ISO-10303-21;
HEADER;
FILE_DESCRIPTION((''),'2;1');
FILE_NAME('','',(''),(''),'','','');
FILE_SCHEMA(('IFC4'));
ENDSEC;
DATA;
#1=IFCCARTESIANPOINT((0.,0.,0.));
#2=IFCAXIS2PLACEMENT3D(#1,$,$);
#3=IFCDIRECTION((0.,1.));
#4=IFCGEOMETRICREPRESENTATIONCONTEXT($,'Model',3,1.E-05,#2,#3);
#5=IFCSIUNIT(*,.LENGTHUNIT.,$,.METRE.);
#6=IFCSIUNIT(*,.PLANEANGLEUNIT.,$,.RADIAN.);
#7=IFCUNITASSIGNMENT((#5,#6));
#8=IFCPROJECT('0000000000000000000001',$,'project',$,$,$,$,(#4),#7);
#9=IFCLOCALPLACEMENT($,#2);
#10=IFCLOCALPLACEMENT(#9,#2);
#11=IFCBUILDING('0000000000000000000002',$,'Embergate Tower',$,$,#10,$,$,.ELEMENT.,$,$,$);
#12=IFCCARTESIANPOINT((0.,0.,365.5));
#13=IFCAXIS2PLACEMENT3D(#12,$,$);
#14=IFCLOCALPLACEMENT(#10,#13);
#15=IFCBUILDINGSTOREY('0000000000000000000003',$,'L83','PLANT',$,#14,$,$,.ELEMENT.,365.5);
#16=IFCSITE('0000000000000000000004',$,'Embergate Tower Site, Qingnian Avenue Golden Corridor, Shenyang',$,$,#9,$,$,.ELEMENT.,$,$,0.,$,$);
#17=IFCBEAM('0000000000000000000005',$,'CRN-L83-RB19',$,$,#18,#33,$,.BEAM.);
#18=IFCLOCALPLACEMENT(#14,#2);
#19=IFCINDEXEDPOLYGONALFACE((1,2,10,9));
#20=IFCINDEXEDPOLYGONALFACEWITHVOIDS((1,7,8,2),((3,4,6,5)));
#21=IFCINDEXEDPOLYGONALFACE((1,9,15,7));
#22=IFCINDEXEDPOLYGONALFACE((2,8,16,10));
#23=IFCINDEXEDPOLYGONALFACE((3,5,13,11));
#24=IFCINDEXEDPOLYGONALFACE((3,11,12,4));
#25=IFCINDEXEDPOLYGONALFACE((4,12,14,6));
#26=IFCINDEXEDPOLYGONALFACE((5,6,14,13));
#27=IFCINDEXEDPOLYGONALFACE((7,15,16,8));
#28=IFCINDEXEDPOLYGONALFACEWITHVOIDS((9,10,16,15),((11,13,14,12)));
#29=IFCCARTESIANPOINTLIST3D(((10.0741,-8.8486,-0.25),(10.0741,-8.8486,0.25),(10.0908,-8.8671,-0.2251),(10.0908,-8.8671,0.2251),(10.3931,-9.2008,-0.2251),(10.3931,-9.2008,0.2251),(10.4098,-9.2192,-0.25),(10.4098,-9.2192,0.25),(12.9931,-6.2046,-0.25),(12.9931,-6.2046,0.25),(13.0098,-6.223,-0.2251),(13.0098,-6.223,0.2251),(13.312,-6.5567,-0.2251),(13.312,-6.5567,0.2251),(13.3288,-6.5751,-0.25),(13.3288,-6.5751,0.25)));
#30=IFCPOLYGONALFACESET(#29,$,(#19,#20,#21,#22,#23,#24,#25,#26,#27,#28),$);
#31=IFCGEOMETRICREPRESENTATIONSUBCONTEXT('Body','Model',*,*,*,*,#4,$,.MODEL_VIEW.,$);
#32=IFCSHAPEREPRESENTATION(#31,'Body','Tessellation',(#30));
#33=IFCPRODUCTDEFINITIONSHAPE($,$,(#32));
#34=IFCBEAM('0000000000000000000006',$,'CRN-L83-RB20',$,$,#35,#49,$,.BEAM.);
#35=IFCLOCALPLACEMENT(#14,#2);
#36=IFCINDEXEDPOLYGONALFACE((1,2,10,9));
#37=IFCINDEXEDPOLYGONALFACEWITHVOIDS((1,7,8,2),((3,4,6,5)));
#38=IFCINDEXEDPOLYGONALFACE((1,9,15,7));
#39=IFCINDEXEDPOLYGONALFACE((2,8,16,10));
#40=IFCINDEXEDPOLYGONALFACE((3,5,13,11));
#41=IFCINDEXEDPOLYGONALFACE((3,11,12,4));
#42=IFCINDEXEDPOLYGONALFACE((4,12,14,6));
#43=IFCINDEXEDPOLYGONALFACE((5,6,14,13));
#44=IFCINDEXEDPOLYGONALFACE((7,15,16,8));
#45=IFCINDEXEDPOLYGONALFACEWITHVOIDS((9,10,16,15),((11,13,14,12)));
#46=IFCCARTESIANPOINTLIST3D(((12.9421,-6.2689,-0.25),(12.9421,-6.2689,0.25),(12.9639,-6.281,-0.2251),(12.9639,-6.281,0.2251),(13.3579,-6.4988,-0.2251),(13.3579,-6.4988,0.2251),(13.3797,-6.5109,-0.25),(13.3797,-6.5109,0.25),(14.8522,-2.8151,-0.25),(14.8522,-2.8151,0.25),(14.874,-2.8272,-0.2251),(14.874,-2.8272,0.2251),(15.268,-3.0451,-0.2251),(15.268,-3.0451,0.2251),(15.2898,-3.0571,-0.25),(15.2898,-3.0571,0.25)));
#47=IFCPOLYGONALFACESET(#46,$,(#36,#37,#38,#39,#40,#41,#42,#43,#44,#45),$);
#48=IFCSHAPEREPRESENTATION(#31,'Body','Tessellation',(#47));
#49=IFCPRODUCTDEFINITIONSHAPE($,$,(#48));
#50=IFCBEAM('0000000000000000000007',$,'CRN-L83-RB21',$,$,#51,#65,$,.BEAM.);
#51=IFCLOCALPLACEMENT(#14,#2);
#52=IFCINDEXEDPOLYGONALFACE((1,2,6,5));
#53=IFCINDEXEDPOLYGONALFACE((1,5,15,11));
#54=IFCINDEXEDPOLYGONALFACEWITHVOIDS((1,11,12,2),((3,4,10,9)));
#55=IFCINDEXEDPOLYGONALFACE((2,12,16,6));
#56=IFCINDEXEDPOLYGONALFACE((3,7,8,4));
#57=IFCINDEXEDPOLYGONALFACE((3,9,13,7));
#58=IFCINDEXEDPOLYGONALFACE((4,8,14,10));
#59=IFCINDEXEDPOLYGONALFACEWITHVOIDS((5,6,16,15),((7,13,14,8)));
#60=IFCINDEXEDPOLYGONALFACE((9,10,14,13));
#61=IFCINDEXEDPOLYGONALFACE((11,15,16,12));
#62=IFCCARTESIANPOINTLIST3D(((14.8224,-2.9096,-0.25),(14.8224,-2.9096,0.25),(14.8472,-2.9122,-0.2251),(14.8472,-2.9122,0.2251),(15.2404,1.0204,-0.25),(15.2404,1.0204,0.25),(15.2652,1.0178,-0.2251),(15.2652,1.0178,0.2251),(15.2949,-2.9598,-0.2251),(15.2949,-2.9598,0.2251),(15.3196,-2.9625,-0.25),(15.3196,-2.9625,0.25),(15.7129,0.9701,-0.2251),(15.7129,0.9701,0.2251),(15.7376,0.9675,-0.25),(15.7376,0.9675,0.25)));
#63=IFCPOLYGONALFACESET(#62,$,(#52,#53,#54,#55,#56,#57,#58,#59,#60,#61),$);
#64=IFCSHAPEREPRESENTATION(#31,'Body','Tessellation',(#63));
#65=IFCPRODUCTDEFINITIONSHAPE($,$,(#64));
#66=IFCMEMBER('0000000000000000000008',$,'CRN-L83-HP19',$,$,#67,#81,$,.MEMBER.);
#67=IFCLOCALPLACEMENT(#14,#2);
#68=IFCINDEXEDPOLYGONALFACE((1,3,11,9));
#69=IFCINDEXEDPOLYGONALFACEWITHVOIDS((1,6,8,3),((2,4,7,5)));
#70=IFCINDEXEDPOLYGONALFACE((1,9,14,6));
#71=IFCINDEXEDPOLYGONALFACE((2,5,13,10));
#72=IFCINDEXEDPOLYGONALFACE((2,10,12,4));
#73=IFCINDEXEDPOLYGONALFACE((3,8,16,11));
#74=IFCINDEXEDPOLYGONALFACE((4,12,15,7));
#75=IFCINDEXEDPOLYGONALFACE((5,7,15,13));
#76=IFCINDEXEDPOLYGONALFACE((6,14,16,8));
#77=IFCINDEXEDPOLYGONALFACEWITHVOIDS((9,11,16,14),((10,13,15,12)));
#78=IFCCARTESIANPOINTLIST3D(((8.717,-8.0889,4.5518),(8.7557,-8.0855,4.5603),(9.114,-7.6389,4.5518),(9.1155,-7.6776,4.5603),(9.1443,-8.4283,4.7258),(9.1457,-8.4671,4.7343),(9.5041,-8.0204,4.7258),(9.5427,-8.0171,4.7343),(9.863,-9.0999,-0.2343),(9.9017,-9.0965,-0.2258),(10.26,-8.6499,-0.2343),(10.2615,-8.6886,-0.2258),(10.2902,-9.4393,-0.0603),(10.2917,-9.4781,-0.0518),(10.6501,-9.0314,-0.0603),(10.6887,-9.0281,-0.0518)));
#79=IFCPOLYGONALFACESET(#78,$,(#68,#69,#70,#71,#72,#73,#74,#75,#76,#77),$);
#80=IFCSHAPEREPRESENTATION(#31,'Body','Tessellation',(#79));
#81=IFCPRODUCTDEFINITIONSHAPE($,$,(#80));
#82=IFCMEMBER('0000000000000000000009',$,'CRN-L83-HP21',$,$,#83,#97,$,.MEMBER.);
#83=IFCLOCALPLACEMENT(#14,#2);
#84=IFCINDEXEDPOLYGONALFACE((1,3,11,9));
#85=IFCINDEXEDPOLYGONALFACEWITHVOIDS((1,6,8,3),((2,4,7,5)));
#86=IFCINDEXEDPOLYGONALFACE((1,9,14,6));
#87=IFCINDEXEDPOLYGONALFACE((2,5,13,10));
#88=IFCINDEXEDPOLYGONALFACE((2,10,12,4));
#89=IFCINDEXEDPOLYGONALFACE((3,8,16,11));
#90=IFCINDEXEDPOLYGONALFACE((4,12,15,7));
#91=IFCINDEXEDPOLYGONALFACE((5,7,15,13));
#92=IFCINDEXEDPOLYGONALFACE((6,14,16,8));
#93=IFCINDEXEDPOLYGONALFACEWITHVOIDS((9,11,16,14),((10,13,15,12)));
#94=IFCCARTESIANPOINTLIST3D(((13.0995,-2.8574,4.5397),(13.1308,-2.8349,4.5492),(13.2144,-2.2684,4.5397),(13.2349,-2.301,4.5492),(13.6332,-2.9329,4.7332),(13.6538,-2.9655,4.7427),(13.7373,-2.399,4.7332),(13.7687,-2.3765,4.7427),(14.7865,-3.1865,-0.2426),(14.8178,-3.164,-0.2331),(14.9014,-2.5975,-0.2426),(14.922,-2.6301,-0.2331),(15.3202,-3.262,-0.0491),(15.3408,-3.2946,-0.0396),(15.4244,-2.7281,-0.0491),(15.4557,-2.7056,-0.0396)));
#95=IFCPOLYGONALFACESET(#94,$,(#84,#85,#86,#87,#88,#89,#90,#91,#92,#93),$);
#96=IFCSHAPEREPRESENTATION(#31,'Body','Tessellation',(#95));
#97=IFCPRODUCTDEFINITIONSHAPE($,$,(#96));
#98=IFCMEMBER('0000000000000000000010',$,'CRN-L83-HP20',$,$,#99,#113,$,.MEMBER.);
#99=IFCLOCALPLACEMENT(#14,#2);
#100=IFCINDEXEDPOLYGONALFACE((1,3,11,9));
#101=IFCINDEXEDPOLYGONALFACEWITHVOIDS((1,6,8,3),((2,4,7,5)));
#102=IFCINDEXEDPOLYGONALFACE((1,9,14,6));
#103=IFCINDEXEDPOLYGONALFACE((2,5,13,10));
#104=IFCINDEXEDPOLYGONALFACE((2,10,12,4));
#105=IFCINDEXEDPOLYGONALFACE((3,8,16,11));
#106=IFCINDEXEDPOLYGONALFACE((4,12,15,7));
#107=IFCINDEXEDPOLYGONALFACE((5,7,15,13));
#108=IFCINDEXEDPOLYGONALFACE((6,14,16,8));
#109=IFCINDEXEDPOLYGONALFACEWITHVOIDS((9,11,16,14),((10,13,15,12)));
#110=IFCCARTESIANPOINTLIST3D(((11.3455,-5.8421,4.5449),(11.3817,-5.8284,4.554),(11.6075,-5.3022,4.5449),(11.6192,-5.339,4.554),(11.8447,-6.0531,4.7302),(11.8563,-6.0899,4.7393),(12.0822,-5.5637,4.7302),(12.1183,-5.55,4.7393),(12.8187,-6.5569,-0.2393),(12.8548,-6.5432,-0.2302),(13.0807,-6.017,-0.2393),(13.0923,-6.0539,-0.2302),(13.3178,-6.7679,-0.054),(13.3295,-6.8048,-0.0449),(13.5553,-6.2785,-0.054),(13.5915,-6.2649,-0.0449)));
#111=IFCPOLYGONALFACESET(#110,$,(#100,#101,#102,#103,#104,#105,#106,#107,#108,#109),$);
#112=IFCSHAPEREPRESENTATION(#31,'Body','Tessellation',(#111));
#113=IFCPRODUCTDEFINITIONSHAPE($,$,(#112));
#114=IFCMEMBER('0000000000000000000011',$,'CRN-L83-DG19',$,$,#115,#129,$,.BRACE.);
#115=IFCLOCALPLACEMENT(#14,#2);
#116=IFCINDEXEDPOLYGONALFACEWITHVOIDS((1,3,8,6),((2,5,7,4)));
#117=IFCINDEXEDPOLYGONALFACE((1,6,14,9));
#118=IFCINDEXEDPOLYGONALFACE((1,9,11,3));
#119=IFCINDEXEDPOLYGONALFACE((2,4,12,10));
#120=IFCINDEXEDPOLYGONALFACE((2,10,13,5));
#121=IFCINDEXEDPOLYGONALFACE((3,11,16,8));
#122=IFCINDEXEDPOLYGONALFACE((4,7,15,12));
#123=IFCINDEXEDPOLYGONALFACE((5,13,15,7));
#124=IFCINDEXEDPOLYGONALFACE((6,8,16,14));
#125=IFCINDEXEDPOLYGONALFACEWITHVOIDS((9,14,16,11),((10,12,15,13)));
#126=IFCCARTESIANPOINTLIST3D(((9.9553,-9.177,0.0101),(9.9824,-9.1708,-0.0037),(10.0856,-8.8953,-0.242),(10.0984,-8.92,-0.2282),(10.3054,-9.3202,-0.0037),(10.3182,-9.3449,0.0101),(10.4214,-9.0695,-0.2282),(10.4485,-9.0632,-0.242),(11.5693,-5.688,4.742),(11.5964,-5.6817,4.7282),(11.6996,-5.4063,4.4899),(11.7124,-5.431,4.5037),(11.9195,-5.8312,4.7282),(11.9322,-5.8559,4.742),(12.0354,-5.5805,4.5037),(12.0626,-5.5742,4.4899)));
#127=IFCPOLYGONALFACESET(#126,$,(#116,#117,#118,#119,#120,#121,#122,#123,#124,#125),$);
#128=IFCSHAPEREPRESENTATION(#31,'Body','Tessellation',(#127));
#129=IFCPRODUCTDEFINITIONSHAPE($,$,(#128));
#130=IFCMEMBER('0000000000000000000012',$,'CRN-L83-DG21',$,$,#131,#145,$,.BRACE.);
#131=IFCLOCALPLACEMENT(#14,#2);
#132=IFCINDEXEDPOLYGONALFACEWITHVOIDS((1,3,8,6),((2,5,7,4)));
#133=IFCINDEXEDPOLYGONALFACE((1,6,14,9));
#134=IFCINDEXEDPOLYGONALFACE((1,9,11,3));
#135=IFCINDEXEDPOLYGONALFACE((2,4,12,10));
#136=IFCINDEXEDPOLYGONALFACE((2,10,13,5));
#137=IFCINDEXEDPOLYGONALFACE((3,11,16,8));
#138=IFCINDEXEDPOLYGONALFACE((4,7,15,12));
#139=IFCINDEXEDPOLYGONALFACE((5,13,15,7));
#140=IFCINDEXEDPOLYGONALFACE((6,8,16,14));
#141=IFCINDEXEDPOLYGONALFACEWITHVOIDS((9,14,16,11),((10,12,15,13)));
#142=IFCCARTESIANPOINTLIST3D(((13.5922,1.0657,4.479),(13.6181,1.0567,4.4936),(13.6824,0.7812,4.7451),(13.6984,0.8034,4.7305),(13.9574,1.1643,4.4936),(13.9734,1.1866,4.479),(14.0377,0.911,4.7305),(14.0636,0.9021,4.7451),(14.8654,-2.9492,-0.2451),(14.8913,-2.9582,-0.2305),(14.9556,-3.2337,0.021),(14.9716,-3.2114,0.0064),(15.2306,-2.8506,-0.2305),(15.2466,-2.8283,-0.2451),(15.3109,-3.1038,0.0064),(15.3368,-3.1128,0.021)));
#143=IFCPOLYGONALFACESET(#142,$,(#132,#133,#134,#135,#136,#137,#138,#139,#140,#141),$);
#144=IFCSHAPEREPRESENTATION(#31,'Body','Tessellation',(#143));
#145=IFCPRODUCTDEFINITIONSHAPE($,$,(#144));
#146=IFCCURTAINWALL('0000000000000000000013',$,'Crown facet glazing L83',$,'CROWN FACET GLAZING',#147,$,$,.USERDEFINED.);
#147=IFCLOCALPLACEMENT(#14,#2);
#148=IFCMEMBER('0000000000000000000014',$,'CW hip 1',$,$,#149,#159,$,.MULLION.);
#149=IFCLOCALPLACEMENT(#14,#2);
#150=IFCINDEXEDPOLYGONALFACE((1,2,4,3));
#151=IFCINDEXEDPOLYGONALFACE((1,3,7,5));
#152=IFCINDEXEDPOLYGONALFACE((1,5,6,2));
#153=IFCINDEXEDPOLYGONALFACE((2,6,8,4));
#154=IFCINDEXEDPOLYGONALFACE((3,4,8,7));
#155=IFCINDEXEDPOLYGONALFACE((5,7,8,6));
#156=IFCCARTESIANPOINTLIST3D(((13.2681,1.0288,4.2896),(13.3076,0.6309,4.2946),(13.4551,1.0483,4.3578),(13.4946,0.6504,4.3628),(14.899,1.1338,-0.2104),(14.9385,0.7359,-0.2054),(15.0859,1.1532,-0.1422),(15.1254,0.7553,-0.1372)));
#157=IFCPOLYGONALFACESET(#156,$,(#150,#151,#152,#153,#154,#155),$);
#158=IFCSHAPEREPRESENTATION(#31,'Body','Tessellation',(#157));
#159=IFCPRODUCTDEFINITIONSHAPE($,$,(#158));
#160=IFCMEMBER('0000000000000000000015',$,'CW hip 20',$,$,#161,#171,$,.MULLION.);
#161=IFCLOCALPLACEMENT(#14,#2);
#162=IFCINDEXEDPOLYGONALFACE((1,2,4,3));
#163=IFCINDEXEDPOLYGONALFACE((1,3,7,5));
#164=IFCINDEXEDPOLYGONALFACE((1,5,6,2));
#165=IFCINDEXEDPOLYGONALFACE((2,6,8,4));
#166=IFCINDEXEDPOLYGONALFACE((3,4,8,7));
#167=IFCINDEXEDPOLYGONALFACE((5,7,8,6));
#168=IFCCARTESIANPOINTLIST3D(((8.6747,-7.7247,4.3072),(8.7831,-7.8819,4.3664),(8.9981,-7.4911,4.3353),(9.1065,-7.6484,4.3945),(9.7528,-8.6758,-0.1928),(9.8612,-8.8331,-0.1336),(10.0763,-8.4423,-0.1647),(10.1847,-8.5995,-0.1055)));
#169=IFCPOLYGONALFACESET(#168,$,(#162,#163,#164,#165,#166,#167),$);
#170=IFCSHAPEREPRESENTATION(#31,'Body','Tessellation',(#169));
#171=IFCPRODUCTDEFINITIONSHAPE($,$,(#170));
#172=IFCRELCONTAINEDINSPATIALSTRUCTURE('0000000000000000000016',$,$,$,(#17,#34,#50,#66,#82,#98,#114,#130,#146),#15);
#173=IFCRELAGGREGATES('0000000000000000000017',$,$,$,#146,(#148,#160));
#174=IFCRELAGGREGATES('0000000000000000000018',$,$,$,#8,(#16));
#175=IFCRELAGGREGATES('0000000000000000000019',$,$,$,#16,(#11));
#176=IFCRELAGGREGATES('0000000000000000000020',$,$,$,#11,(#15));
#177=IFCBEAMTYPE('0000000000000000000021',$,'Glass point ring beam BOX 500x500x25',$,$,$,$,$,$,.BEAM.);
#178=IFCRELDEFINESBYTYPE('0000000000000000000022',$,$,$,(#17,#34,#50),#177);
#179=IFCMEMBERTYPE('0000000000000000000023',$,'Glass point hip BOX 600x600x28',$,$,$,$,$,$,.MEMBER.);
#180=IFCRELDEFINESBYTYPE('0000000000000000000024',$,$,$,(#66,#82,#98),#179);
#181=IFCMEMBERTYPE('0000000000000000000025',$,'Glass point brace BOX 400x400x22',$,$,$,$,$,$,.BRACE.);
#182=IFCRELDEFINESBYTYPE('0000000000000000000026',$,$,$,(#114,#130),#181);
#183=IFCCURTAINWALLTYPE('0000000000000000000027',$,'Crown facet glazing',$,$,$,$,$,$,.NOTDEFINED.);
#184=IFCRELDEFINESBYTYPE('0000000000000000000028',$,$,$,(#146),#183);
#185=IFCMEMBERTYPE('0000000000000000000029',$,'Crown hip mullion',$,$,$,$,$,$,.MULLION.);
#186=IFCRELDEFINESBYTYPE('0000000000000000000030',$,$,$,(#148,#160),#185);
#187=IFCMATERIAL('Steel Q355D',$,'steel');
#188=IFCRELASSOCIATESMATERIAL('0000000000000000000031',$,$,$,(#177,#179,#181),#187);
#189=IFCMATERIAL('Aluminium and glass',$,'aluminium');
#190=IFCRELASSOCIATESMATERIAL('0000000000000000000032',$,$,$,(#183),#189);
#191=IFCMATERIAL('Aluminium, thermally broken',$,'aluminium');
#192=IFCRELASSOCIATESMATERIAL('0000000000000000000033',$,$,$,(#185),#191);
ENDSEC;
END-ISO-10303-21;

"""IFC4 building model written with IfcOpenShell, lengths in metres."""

from ifc_helpers import new_model, si_unit, direction, frame, origin, origin_2d, place, context, subcontext, project, spatial, rectangle, hollow_rectangle, extrude, source, transform, mapped, material, material_profile, profile_set, type_object, element, aggregate, save


model = new_model("IFC4")

# Units and contexts
model_context = context("Model", 3, precision=1e-05, world=origin(), true_north=direction((0.0, 1.0)))
body_context = subcontext(model_context, "Body", "Model", "MODEL_VIEW")
ifc_project = project(units=[si_unit("LENGTHUNIT", "METRE"), si_unit("PLANEANGLEUNIT", "RADIAN")], contexts=[model_context])

# Site, building, storey
site_placement = place(None, origin())
site = spatial("IfcSite", under=ifc_project, at=site_placement, Name="Embergate Tower Site, Qingnian Avenue Golden Corridor, Shenyang", CompositionType="ELEMENT", RefElevation=0.0)
building_placement = place(site_placement, origin())
building = spatial("IfcBuilding", under=site, at=building_placement, Name="Embergate Tower", CompositionType="ELEMENT")
storey_placement = place(building_placement, frame((0.0, 0.0, 365.5)))
storey = spatial("IfcBuildingStorey", under=building, at=storey_placement, Name="L83", Description="PLANT", CompositionType="ELEMENT", Elevation=365.5)

# Beams
ifc_material_1 = material(Name="Steel Q355D", Category="steel")
ifc_material_profile_1 = material_profile(ifc_material_1, hollow_rectangle(XDim=0.5, YDim=0.5, WallThickness=0.0249, at=origin_2d()), Name="BOX 500x500x25")
ifc_profile_set_1 = profile_set([ifc_material_profile_1], Name="Steel Q355 grade D")
beam_type = type_object("IfcBeamType", Name="Glass point ring beam BOX 500x500x25", PredefinedType="BEAM", material=ifc_profile_set_1)
shared_shape_1 = source(origin(), body_context, "Body", "SweptSolid", [
    extrude(hollow_rectangle(XDim=0.5, YDim=0.5, WallThickness=0.0249, at=origin_2d()), origin(), (0.0, 0.0, 1.0), 3.9385),
])
beam_1_placement = place(storey_placement, frame((10.2419, -9.0339, 0.0), z_axis=(0.741145, 0.671345, 0.0), x_axis=(-0.671345, 0.741145, 0.0)))
element("IfcBeam", 1, at=beam_1_placement, inside=storey, type_object=beam_type, Name="CRN-L83-RB19", PredefinedType="BEAM", context=body_context, shape_type="MappedRepresentation", body=[
    mapped(shared_shape_1, transform((0.0, 0.0, 0.0))),
])
shared_shape_2 = source(origin(), body_context, "Body", "SweptSolid", [
    extrude(hollow_rectangle(XDim=0.5, YDim=0.5, WallThickness=0.0249, at=origin_2d()), origin(), (0.0, 0.0, 1.0), 3.9468),
])
beam_2_placement = place(storey_placement, frame((13.1609, -6.3899, 0.0), z_axis=(0.483967, 0.875086, 0.0), x_axis=(-0.875086, 0.483967, 0.0)))
element("IfcBeam", 2, at=beam_2_placement, inside=storey, type_object=beam_type, Name="CRN-L83-RB20", PredefinedType="BEAM", context=body_context, shape_type="MappedRepresentation", body=[
    mapped(shared_shape_2, transform((0.0, 0.0, 0.0))),
])
shared_shape_3 = source(origin(), body_context, "Body", "SweptSolid", [
    extrude(hollow_rectangle(XDim=0.5, YDim=0.5, WallThickness=0.0249, at=origin_2d()), origin(), (0.0, 0.0, 1.0), 3.9521),
])
beam_3_placement = place(storey_placement, frame((15.071, -2.936, 0.0), z_axis=(0.105759, 0.994392, 0.0), x_axis=(-0.994392, 0.105759, 0.0)))
element("IfcBeam", 3, at=beam_3_placement, inside=storey, type_object=beam_type, Name="CRN-L83-RB21", PredefinedType="BEAM", context=body_context, shape_type="MappedRepresentation", body=[
    mapped(shared_shape_3, transform((0.0, 0.0, 0.0))),
])

# Members
ifc_material_profile_2 = material_profile(ifc_material_1, hollow_rectangle(XDim=0.6001, YDim=0.6001, WallThickness=0.0281, at=origin_2d()), Name="BOX 600x600x28")
ifc_profile_set_2 = profile_set([ifc_material_profile_2], Name="Steel Q355 grade D")
member_type_1 = type_object("IfcMemberType", Name="Glass point hip BOX 600x600x28", PredefinedType="MEMBER", material=ifc_profile_set_2)
shared_shape_4 = source(origin(), body_context, "Body", "SweptSolid", [
    extrude(hollow_rectangle(XDim=0.6001, YDim=0.6001, WallThickness=0.0281, at=origin_2d()), origin(), (0.0, 0.0, 1.0), 5.0242),
])
member_1_placement = place(storey_placement, frame((10.2759, -9.064, -0.1431), z_axis=(-0.228096, 0.201224, 0.952618), x_axis=(-0.661553, -0.749898, 0.0)))
element("IfcMember", 4, at=member_1_placement, inside=storey, type_object=member_type_1, Name="CRN-L83-HP19", PredefinedType="MEMBER", context=body_context, shape_type="MappedRepresentation", body=[
    mapped(shared_shape_4, transform((0.0, 0.0, 0.0))),
])
shared_shape_5 = source(origin(), body_context, "Body", "SweptSolid", [
    extrude(hollow_rectangle(XDim=0.6001, YDim=0.6001, WallThickness=0.0281, at=origin_2d()), origin(), (0.0, 0.0, 1.0), 5.0818),
])
member_2_placement = place(storey_placement, frame((15.1211, -2.946, -0.1411), z_axis=(-0.331976, 0.064762, 0.941062), x_axis=(-0.19147, -0.981498, 0.0)))
element("IfcMember", 5, at=member_2_placement, inside=storey, type_object=member_type_1, Name="CRN-L83-HP21", PredefinedType="MEMBER", context=body_context, shape_type="MappedRepresentation", body=[
    mapped(shared_shape_5, transform((0.0, 0.0, 0.0))),
])
shared_shape_6 = source(origin(), body_context, "Body", "SweptSolid", [
    extrude(hollow_rectangle(XDim=0.6001, YDim=0.6001, WallThickness=0.0281, at=origin_2d()), origin(), (0.0, 0.0, 1.0), 5.0566),
])
member_3_placement = place(storey_placement, frame((13.2051, -6.4109, -0.1421), z_axis=(-0.291329, 0.141368, 0.94612), x_axis=(-0.436566, -0.899672, 0.0)))
element("IfcMember", 6, at=member_3_placement, inside=storey, type_object=member_type_1, Name="CRN-L83-HP20", PredefinedType="MEMBER", context=body_context, shape_type="MappedRepresentation", body=[
    mapped(shared_shape_6, transform((0.0, 0.0, 0.0))),
])
ifc_material_profile_3 = material_profile(ifc_material_1, hollow_rectangle(XDim=0.3999, YDim=0.3999, WallThickness=0.022, at=origin_2d()), Name="BOX 400x400x22")
ifc_profile_set_3 = profile_set([ifc_material_profile_3], Name="Steel Q355 grade D")
member_type_2 = type_object("IfcMemberType", Name="Glass point brace BOX 400x400x22", PredefinedType="BRACE", material=ifc_profile_set_3)
shared_shape_7 = source(origin(), body_context, "Body", "SweptSolid", [
    extrude(hollow_rectangle(XDim=0.3999, YDim=0.3999, WallThickness=0.022, at=origin_2d()), origin(), (0.0, 0.0, 1.0), 6.0967),
])
member_4_placement = place(storey_placement, frame((10.2019, -9.1201, -0.116), z_axis=(0.264737, 0.572281, 0.77615), x_axis=(-0.907593, 0.419851, 0.0)))
element("IfcMember", 7, at=member_4_placement, inside=storey, type_object=member_type_2, Name="CRN-L83-DG19", PredefinedType="BRACE", context=body_context, shape_type="MappedRepresentation", body=[
    mapped(shared_shape_7, transform((0.0, 0.0, 0.0))),
])
shared_shape_8 = source(origin(), body_context, "Body", "SweptSolid", [
    extrude(hollow_rectangle(XDim=0.3999, YDim=0.3999, WallThickness=0.022, at=origin_2d()), origin(), (0.0, 0.0, 1.0), 6.3291),
])
member_5_placement = place(storey_placement, frame((15.1011, -3.031, -0.1121), z_axis=(-0.201164, 0.634353, 0.746411), x_axis=(-0.953218, -0.302282, 0.0)))
element("IfcMember", 8, at=member_5_placement, inside=storey, type_object=member_type_2, Name="CRN-L83-DG21", PredefinedType="BRACE", context=body_context, shape_type="MappedRepresentation", body=[
    mapped(shared_shape_8, transform((0.0, 0.0, 0.0))),
])

# Curtain wall, members
ifc_material_2 = material(Name="Aluminium and glass", Category="aluminium")
curtain_wall_type = type_object("IfcCurtainWallType", Name="Crown facet glazing", PredefinedType="NOTDEFINED", material=ifc_material_2)
curtain_wall_placement = place(storey_placement, origin())
curtain_wall = element("IfcCurtainWall", 9, at=curtain_wall_placement, inside=storey, type_object=curtain_wall_type, Name="Crown facet glazing L83", ObjectType="CROWN FACET GLAZING", PredefinedType="USERDEFINED")
ifc_material_3 = material(Name="Aluminium, thermally broken", Category="aluminium")
ifc_material_profile_4 = material_profile(ifc_material_3, rectangle(XDim=0.2, YDim=0.3999, at=origin_2d()), Name="AL 400x200")
ifc_profile_set_4 = profile_set([ifc_material_profile_4], Name="Aluminium, thermally broken")
member_type_3 = type_object("IfcMemberType", Name="Crown hip mullion", PredefinedType="MULLION", material=ifc_profile_set_4)
shared_shape_9 = source(origin(), body_context, "Body", "SweptSolid", [
    extrude(rectangle(XDim=0.2, YDim=0.3999, at=origin_2d()), origin(), (0.0, 0.0, 1.0), 4.7876),
])
member_6_placement = place(storey_placement, frame((15.0122, 0.9446, -0.1738), z_axis=(-0.340645, -0.021928, 0.939936), x_axis=(0.934988, 0.097138, 0.341118)))
member_6 = element("IfcMember", 10, at=member_6_placement, type_object=member_type_3, Name="CW hip 1", PredefinedType="MULLION", context=body_context, shape_type="MappedRepresentation", body=[
    mapped(shared_shape_9, transform((0.0, 0.0, 0.0))),
])
shared_shape_10 = source(origin(), body_context, "Body", "SweptSolid", [
    extrude(rectangle(XDim=0.2, YDim=0.3999, at=origin_2d()), origin(), (0.0, 0.0, 1.0), 4.7241),
])
member_7_placement = place(storey_placement, frame((9.9688, -8.6377, -0.1492), z_axis=(-0.228218, 0.201345, 0.952563), x_axis=(0.542129, -0.786395, 0.296107)))
member_7 = element("IfcMember", 11, at=member_7_placement, type_object=member_type_3, Name="CW hip 20", PredefinedType="MULLION", context=body_context, shape_type="MappedRepresentation", body=[
    mapped(shared_shape_10, transform((0.0, 0.0, 0.0))),
])
aggregate(curtain_wall, [member_6, member_7])

save(model, "model.ifc")
